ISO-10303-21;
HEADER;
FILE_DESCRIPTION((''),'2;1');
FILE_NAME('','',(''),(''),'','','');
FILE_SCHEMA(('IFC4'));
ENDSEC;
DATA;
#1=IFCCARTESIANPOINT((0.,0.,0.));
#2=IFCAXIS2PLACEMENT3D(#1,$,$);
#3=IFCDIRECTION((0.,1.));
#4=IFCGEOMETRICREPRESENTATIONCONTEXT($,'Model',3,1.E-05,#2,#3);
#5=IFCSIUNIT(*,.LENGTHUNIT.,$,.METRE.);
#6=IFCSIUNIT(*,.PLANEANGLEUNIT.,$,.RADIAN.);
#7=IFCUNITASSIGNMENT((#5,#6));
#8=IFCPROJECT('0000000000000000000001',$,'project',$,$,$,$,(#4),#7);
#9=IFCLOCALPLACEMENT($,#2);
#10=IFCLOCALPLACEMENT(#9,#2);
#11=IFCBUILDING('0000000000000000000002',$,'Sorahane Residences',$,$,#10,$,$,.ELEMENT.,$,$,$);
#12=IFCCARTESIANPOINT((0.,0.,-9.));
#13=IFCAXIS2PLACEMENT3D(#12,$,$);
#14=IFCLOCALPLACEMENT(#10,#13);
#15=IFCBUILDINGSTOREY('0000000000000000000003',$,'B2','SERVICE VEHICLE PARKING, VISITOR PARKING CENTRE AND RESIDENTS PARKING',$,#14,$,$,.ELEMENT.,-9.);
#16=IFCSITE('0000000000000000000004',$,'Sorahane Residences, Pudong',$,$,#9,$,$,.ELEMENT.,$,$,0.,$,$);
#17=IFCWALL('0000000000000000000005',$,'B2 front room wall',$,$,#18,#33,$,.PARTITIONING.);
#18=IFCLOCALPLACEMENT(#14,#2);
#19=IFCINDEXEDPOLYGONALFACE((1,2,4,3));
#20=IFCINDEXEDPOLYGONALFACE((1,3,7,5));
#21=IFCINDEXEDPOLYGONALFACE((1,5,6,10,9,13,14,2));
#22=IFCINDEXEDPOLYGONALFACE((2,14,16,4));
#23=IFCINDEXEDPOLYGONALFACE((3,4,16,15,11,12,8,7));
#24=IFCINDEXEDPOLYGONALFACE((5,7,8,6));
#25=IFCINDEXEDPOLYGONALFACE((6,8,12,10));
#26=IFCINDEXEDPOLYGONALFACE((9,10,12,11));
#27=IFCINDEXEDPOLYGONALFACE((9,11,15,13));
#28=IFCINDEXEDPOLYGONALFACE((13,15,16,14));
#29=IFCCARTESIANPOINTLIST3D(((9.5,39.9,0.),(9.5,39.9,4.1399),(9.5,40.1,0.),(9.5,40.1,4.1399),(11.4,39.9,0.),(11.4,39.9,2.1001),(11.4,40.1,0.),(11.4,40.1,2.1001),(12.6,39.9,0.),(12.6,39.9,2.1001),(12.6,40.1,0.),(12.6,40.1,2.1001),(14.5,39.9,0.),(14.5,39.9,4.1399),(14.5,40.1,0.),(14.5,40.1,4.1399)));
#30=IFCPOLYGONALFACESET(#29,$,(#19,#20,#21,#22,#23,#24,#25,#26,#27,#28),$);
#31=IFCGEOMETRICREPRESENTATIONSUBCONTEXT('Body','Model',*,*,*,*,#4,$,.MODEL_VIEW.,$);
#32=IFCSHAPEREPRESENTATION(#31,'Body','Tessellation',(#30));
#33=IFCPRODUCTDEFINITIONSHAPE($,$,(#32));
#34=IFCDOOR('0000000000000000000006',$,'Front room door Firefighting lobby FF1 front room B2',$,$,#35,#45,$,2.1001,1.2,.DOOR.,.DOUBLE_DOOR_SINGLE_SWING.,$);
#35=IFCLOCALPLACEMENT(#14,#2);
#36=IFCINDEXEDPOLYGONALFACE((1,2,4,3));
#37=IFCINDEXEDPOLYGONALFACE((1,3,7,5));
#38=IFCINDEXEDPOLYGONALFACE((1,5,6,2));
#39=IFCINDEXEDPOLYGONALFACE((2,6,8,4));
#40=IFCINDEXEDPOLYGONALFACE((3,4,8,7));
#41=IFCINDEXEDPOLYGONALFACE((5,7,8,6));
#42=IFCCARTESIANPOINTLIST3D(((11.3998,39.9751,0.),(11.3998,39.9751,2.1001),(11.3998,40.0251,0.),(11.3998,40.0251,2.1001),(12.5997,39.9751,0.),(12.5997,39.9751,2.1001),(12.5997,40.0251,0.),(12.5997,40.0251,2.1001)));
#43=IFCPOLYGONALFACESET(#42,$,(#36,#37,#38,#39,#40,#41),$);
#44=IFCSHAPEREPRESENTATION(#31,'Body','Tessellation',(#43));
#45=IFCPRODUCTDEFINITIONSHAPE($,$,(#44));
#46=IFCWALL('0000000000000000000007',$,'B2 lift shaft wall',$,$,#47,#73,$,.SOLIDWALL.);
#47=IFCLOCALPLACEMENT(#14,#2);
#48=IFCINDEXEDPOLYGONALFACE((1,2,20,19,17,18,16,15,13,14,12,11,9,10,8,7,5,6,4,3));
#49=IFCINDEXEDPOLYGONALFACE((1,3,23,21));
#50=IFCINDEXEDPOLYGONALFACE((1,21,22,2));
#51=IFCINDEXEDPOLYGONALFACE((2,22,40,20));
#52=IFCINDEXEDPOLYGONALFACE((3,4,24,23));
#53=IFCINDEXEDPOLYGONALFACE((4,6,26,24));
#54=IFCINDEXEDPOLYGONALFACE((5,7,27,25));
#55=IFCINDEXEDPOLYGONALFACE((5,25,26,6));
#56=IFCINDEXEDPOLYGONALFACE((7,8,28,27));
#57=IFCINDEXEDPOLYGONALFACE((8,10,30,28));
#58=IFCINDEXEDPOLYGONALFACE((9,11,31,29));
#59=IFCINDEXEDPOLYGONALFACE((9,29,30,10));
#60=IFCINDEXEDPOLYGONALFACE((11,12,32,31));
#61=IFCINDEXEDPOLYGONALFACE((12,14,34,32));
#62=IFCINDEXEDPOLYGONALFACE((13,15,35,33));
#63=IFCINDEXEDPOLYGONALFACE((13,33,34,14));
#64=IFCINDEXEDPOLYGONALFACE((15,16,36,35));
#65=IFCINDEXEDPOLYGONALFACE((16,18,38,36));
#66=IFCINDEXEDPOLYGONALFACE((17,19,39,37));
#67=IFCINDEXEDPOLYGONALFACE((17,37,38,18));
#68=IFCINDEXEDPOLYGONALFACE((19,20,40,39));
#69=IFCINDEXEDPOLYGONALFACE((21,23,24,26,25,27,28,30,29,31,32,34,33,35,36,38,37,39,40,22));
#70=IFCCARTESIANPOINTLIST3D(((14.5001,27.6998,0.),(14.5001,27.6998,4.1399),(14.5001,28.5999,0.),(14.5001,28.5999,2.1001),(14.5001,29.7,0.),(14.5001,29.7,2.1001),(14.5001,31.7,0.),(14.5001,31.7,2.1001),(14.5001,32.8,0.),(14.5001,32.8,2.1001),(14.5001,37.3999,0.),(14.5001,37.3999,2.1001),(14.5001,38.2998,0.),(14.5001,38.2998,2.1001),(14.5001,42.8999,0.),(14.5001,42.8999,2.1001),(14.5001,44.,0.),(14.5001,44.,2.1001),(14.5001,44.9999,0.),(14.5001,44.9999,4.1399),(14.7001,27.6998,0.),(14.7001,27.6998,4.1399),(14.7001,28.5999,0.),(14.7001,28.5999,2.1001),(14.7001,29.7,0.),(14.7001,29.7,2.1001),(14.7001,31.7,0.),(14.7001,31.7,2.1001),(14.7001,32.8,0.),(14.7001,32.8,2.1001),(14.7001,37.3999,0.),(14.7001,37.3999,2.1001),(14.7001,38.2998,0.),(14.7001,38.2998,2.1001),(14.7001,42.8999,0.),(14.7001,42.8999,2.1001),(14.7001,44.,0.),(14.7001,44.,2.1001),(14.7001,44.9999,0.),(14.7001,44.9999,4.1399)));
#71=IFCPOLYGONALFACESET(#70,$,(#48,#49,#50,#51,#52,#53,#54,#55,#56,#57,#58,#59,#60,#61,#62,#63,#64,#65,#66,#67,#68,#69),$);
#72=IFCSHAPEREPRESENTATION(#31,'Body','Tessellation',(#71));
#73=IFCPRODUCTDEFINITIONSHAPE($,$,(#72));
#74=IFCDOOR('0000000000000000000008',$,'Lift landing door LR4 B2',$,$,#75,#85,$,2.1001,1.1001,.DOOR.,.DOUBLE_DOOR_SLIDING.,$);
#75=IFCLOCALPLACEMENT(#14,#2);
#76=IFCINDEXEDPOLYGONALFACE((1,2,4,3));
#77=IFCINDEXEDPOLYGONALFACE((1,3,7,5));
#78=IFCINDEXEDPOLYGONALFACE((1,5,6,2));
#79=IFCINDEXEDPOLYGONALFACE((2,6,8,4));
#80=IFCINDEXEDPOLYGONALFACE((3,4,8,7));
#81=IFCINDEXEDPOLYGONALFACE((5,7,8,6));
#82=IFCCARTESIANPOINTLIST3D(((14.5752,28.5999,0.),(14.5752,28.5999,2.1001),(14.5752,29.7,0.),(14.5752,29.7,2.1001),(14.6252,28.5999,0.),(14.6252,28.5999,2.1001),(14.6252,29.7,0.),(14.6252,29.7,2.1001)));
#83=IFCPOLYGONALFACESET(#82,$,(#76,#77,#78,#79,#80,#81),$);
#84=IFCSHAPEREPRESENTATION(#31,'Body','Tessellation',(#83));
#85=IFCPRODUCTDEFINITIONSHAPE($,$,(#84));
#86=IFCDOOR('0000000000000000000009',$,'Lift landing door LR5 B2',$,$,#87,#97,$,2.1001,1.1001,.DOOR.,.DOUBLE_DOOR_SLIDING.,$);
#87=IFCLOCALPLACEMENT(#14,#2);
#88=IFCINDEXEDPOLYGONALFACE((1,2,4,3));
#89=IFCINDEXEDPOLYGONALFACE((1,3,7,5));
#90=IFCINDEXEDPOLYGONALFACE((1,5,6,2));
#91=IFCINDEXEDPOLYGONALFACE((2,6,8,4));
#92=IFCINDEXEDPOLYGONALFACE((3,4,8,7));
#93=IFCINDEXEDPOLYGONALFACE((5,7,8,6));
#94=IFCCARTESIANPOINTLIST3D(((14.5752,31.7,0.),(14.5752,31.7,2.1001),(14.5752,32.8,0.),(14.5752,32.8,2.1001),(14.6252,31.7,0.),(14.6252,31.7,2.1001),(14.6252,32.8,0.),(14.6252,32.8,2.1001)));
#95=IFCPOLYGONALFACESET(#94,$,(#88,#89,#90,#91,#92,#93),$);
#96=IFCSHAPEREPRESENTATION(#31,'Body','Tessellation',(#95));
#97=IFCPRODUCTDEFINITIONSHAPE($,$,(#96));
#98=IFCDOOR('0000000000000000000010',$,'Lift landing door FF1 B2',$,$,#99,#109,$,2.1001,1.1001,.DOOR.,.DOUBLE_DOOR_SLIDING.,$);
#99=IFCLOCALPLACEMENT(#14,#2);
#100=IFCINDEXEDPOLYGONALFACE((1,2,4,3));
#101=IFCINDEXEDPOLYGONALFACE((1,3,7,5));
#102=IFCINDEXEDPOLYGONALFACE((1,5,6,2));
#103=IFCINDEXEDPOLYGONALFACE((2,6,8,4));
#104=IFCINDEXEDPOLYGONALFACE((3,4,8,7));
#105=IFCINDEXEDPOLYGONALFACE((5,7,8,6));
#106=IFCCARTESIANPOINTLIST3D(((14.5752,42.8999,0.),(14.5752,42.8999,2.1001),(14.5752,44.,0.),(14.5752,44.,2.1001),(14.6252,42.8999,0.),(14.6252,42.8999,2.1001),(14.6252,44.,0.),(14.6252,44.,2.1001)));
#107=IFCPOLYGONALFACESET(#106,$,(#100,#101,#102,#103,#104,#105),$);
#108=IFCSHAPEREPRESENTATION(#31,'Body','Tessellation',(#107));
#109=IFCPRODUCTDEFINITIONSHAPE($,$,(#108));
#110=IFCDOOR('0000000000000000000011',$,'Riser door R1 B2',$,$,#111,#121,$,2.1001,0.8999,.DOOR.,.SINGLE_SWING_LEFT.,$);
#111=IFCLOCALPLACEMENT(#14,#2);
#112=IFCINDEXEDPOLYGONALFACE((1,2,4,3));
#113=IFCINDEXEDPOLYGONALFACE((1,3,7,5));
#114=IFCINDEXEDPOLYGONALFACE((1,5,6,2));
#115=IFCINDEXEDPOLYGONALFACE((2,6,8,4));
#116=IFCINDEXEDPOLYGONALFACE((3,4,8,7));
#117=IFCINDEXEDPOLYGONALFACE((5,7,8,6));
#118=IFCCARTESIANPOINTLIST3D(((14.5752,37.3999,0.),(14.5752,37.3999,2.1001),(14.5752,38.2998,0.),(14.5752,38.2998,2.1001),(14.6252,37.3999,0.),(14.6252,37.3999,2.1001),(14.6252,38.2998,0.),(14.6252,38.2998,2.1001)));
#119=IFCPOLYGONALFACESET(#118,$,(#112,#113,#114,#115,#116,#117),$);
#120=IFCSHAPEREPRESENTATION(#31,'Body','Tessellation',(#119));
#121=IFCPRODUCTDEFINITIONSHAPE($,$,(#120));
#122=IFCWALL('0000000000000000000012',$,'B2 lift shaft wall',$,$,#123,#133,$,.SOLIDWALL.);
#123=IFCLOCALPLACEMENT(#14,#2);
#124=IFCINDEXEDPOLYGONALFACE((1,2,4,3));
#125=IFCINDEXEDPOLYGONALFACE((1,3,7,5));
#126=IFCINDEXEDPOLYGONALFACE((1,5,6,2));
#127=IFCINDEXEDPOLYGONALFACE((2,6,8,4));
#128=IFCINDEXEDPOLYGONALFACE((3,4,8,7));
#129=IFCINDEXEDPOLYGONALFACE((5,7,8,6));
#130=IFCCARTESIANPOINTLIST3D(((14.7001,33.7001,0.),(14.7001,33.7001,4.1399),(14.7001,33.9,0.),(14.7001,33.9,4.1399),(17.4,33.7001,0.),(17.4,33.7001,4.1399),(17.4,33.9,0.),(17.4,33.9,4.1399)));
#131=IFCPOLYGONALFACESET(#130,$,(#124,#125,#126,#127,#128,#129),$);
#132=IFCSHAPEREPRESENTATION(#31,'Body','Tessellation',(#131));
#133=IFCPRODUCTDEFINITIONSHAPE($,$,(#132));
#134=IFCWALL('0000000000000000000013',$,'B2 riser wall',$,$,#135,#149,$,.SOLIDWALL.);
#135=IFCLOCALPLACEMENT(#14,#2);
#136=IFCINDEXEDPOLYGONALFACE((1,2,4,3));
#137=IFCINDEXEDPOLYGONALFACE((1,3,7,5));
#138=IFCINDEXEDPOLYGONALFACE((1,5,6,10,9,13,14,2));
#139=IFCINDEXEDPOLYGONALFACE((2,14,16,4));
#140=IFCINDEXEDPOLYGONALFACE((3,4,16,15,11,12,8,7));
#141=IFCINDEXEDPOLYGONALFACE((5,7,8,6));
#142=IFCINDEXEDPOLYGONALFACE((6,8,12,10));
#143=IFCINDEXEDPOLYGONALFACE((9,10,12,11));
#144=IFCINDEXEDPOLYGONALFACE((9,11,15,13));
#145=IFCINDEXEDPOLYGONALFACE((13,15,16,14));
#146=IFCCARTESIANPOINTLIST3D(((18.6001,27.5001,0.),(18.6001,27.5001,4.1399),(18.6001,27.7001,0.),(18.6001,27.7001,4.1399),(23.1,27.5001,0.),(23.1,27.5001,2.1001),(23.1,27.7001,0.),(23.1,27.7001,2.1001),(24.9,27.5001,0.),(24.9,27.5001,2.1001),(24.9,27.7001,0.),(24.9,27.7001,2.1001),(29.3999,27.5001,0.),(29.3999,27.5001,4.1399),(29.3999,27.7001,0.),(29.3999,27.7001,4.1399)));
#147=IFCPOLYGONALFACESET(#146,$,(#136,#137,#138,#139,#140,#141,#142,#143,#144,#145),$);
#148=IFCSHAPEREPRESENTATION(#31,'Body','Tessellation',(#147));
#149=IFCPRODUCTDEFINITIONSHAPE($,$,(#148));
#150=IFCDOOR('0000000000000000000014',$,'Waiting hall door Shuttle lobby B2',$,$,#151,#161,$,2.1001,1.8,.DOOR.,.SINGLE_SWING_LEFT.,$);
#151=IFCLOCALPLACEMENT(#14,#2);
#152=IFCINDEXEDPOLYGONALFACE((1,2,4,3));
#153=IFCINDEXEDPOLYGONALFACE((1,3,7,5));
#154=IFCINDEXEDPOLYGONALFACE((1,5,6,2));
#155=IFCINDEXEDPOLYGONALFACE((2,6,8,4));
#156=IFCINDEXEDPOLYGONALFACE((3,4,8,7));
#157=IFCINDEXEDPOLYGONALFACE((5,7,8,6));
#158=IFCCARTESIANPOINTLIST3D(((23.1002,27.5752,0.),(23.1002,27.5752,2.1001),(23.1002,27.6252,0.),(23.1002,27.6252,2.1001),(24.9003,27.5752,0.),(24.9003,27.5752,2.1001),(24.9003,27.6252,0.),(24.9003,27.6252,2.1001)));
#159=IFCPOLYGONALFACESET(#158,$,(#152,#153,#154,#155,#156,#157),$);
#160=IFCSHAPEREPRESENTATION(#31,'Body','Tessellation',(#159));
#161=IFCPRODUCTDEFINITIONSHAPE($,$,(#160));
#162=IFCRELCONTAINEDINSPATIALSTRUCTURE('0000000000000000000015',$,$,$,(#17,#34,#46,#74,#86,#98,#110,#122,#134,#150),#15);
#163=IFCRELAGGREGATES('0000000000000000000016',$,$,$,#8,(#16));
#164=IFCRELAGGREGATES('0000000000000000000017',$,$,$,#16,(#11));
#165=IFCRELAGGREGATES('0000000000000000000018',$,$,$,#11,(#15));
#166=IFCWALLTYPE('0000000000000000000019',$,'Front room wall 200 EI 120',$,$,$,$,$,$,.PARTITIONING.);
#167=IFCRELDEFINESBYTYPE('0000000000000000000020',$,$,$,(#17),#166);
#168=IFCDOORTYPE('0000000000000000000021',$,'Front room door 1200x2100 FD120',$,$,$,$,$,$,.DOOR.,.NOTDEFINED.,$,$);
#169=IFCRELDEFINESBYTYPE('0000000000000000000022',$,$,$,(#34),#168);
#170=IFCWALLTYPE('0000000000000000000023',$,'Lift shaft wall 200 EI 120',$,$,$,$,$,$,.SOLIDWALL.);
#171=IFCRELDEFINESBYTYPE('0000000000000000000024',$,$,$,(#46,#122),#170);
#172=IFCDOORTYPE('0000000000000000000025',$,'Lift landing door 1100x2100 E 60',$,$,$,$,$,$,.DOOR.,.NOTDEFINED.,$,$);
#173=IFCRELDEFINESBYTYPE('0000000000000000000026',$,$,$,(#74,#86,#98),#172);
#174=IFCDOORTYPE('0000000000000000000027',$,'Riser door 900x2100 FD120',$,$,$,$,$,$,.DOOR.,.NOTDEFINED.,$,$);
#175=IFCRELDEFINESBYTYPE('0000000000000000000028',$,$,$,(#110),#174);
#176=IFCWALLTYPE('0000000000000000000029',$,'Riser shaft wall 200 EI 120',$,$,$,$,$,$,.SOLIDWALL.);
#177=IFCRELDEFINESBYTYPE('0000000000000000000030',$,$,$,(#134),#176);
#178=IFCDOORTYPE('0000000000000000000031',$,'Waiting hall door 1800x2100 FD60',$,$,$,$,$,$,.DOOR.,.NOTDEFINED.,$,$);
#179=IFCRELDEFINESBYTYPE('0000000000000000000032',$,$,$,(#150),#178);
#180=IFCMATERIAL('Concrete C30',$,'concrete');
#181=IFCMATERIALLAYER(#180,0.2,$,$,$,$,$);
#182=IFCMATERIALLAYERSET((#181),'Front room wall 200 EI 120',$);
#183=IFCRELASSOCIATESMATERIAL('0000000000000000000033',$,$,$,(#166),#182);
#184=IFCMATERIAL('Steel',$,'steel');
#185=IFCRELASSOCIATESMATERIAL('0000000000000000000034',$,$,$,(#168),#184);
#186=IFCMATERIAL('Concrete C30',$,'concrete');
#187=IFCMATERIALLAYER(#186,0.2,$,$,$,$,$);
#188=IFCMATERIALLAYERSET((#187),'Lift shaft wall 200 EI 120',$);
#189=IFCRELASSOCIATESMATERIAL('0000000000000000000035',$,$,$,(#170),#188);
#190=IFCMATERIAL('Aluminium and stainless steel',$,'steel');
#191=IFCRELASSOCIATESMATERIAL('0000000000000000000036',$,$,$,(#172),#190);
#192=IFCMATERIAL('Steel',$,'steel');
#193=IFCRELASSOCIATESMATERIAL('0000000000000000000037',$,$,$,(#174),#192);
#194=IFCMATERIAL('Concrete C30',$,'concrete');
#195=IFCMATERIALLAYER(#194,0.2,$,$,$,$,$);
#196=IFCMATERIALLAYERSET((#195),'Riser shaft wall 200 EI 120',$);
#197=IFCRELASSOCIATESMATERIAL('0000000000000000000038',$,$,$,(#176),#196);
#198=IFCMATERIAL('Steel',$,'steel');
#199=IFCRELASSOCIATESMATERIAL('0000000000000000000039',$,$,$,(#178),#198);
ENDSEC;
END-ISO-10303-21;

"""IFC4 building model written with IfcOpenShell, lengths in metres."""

from ifc_helpers import new_model, si_unit, direction, frame, frame_2d, origin, place, context, subcontext, project, spatial, rectangle, extrude, material, layer, layer_set, type_object, element, fill, save


model = new_model("IFC4")

# Units and contexts
model_context = context("Model", 3, precision=1e-05, world=origin(), true_north=direction((0.0, 1.0)))
body_context = subcontext(model_context, "Body", "Model", "MODEL_VIEW")
ifc_project = project(units=[si_unit("LENGTHUNIT", "METRE"), si_unit("PLANEANGLEUNIT", "RADIAN")], contexts=[model_context])

# Site, building, storey
site_placement = place(None, origin())
site = spatial("IfcSite", under=ifc_project, at=site_placement, Name="Sorahane Residences, Pudong", CompositionType="ELEMENT", RefElevation=0.0)
building_placement = place(site_placement, origin())
building = spatial("IfcBuilding", under=site, at=building_placement, Name="Sorahane Residences", CompositionType="ELEMENT")
storey_placement = place(building_placement, frame((0.0, 0.0, -9.0)))
storey = spatial("IfcBuildingStorey", under=building, at=storey_placement, Name="B2", Description="SERVICE VEHICLE PARKING, VISITOR PARKING CENTRE AND RESIDENTS PARKING", CompositionType="ELEMENT", Elevation=-9.0)

# Wall, opening, door
ifc_material_1 = material(Name="Concrete C30", Category="concrete")
ifc_layer_1 = layer(ifc_material_1, 0.2)
ifc_layer_set_1 = layer_set([ifc_layer_1], Name="Front room wall 200 EI 120")
wall_type_1 = type_object("IfcWallType", Name="Front room wall 200 EI 120", PredefinedType="PARTITIONING", material=ifc_layer_set_1)
wall_1_placement = place(storey_placement, frame((9.5, 40.0, 0.0), z_axis=(0.0, 0.0, 1.0), x_axis=(1.0, 0.0, 0.0)))
wall_1 = element("IfcWall", 1, at=wall_1_placement, inside=storey, type_object=wall_type_1, Name="B2 front room wall", PredefinedType="PARTITIONING", context=body_context, shape_type="SweptSolid", body=[
    extrude(rectangle(XDim=5.0, YDim=0.2, at=frame_2d((2.5, 0.0))), origin(), (0.0, 0.0, 1.0), 4.1399),
])
opening_1_placement = place(wall_1_placement, frame((1.8999, 0.0, 0.0)))
opening_1 = element("IfcOpeningElement", 2, at=opening_1_placement, cuts=wall_1, PredefinedType="OPENING", context=body_context, shape_type="SweptSolid", body=[
    extrude(rectangle(XDim=1.2, YDim=2.1001, at=frame_2d((0.6001, 1.05))), frame((0.0, 0.1099, 0.0), z_axis=(0.0, -1.0, 0.0), x_axis=(1.0, 0.0, 0.0)), (0.0, 0.0, 1.0), 0.22),
])
ifc_material_2 = material(Name="Steel", Category="steel")
door_type_1 = type_object("IfcDoorType", Name="Front room door 1200x2100 FD120", OperationType="NOTDEFINED", PredefinedType="DOOR", material=ifc_material_2)
door_1_placement = place(opening_1_placement, frame((1.2, 0.0, 0.0), z_axis=(0.0, 0.0, 1.0), x_axis=(-1.0, 0.0, 0.0)))
door_1 = element("IfcDoor", 3, at=door_1_placement, inside=storey, type_object=door_type_1, Name="Front room door Firefighting lobby FF1 front room B2", OperationType="DOUBLE_DOOR_SINGLE_SWING", OverallHeight=2.1001, OverallWidth=1.2, PredefinedType="DOOR", context=body_context, shape_type="SweptSolid", body=[
    extrude(rectangle(XDim=1.2, YDim=2.1001, at=frame_2d((0.6001, 1.05))), frame((0.0, 0.0249, 0.0), z_axis=(0.0, -1.0, 0.0), x_axis=(1.0, 0.0, 0.0)), (0.0, 0.0, 1.0), 0.05),
])
fill(opening_1, door_1)

# Wall, openings, doors
ifc_material_3 = material(Name="Concrete C30", Category="concrete")
ifc_layer_2 = layer(ifc_material_3, 0.2)
ifc_layer_set_2 = layer_set([ifc_layer_2], Name="Lift shaft wall 200 EI 120")
wall_type_2 = type_object("IfcWallType", Name="Lift shaft wall 200 EI 120", PredefinedType="SOLIDWALL", material=ifc_layer_set_2)
wall_2_placement = place(storey_placement, frame((14.6001, 27.7, 0.0), z_axis=(0.0, 0.0, 1.0), x_axis=(0.0, 1.0, 0.0)))
wall_2 = element("IfcWall", 4, at=wall_2_placement, inside=storey, type_object=wall_type_2, Name="B2 lift shaft wall", PredefinedType="SOLIDWALL", context=body_context, shape_type="SweptSolid", body=[
    extrude(rectangle(XDim=17.3, YDim=0.2, at=frame_2d((8.6499, 0.0))), origin(), (0.0, 0.0, 1.0), 4.1399),
])
opening_2_placement = place(wall_2_placement, frame((0.8999, 0.0, 0.0)))
opening_2 = element("IfcOpeningElement", 5, at=opening_2_placement, cuts=wall_2, PredefinedType="OPENING", context=body_context, shape_type="SweptSolid", body=[
    extrude(rectangle(XDim=1.1001, YDim=2.1001, at=frame_2d((0.55, 1.05))), frame((0.0, 0.1099, 0.0), z_axis=(0.0, -1.0, 0.0), x_axis=(1.0, 0.0, 0.0)), (0.0, 0.0, 1.0), 0.22),
])
opening_3_placement = place(wall_2_placement, frame((4.0, 0.0, 0.0)))
opening_3 = element("IfcOpeningElement", 6, at=opening_3_placement, cuts=wall_2, PredefinedType="OPENING", context=body_context, shape_type="SweptSolid", body=[
    extrude(rectangle(XDim=1.1001, YDim=2.1001, at=frame_2d((0.55, 1.05))), frame((0.0, 0.1099, 0.0), z_axis=(0.0, -1.0, 0.0), x_axis=(1.0, 0.0, 0.0)), (0.0, 0.0, 1.0), 0.22),
])
opening_4_placement = place(wall_2_placement, frame((15.2, 0.0, 0.0)))
opening_4 = element("IfcOpeningElement", 7, at=opening_4_placement, cuts=wall_2, PredefinedType="OPENING", context=body_context, shape_type="SweptSolid", body=[
    extrude(rectangle(XDim=1.1001, YDim=2.1001, at=frame_2d((0.55, 1.05))), frame((0.0, 0.1099, 0.0), z_axis=(0.0, -1.0, 0.0), x_axis=(1.0, 0.0, 0.0)), (0.0, 0.0, 1.0), 0.22),
])
opening_5_placement = place(wall_2_placement, frame((9.7, 0.0, 0.0)))
opening_5 = element("IfcOpeningElement", 8, at=opening_5_placement, cuts=wall_2, PredefinedType="OPENING", context=body_context, shape_type="SweptSolid", body=[
    extrude(rectangle(XDim=0.8999, YDim=2.1001, at=frame_2d((0.45, 1.05))), frame((0.0, 0.1099, 0.0), z_axis=(0.0, -1.0, 0.0), x_axis=(1.0, 0.0, 0.0)), (0.0, 0.0, 1.0), 0.22),
])
ifc_material_4 = material(Name="Aluminium and stainless steel", Category="steel")
door_type_2 = type_object("IfcDoorType", Name="Lift landing door 1100x2100 E 60", OperationType="NOTDEFINED", PredefinedType="DOOR", material=ifc_material_4)
door_2_placement = place(opening_2_placement, origin())
door_2 = element("IfcDoor", 9, at=door_2_placement, inside=storey, type_object=door_type_2, Name="Lift landing door LR4 B2", OperationType="DOUBLE_DOOR_SLIDING", OverallHeight=2.1001, OverallWidth=1.1001, PredefinedType="DOOR", context=body_context, shape_type="SweptSolid", body=[
    extrude(rectangle(XDim=1.1001, YDim=2.1001, at=frame_2d((0.55, 1.05))), frame((0.0, 0.0249, 0.0), z_axis=(0.0, -1.0, 0.0), x_axis=(1.0, 0.0, 0.0)), (0.0, 0.0, 1.0), 0.05),
])
fill(opening_2, door_2)
door_3_placement = place(opening_3_placement, origin())
door_3 = element("IfcDoor", 10, at=door_3_placement, inside=storey, type_object=door_type_2, Name="Lift landing door LR5 B2", OperationType="DOUBLE_DOOR_SLIDING", OverallHeight=2.1001, OverallWidth=1.1001, PredefinedType="DOOR", context=body_context, shape_type="SweptSolid", body=[
    extrude(rectangle(XDim=1.1001, YDim=2.1001, at=frame_2d((0.55, 1.05))), frame((0.0, 0.0249, 0.0), z_axis=(0.0, -1.0, 0.0), x_axis=(1.0, 0.0, 0.0)), (0.0, 0.0, 1.0), 0.05),
])
fill(opening_3, door_3)
door_4_placement = place(opening_4_placement, origin())
door_4 = element("IfcDoor", 11, at=door_4_placement, inside=storey, type_object=door_type_2, Name="Lift landing door FF1 B2", OperationType="DOUBLE_DOOR_SLIDING", OverallHeight=2.1001, OverallWidth=1.1001, PredefinedType="DOOR", context=body_context, shape_type="SweptSolid", body=[
    extrude(rectangle(XDim=1.1001, YDim=2.1001, at=frame_2d((0.55, 1.05))), frame((0.0, 0.0249, 0.0), z_axis=(0.0, -1.0, 0.0), x_axis=(1.0, 0.0, 0.0)), (0.0, 0.0, 1.0), 0.05),
])
fill(opening_4, door_4)
ifc_material_5 = material(Name="Steel", Category="steel")
door_type_3 = type_object("IfcDoorType", Name="Riser door 900x2100 FD120", OperationType="NOTDEFINED", PredefinedType="DOOR", material=ifc_material_5)
door_5_placement = place(opening_5_placement, origin())
door_5 = element("IfcDoor", 12, at=door_5_placement, inside=storey, type_object=door_type_3, Name="Riser door R1 B2", OperationType="SINGLE_SWING_LEFT", OverallHeight=2.1001, OverallWidth=0.8999, PredefinedType="DOOR", context=body_context, shape_type="SweptSolid", body=[
    extrude(rectangle(XDim=0.8999, YDim=2.1001, at=frame_2d((0.45, 1.05))), frame((0.0, 0.0249, 0.0), z_axis=(0.0, -1.0, 0.0), x_axis=(1.0, 0.0, 0.0)), (0.0, 0.0, 1.0), 0.05),
])
fill(opening_5, door_5)

# Wall
wall_3_placement = place(storey_placement, frame((14.7, 33.8, 0.0), z_axis=(0.0, 0.0, 1.0), x_axis=(1.0, 0.0, 0.0)))
element("IfcWall", 13, at=wall_3_placement, inside=storey, type_object=wall_type_2, Name="B2 lift shaft wall", PredefinedType="SOLIDWALL", context=body_context, shape_type="SweptSolid", body=[
    extrude(rectangle(XDim=2.7, YDim=0.2, at=frame_2d((1.3501, 0.0))), origin(), (0.0, 0.0, 1.0), 4.1399),
])

# Wall, opening, door
ifc_material_6 = material(Name="Concrete C30", Category="concrete")
ifc_layer_3 = layer(ifc_material_6, 0.2)
ifc_layer_set_3 = layer_set([ifc_layer_3], Name="Riser shaft wall 200 EI 120")
wall_type_3 = type_object("IfcWallType", Name="Riser shaft wall 200 EI 120", PredefinedType="SOLIDWALL", material=ifc_layer_set_3)
wall_4_placement = place(storey_placement, frame((18.6001, 27.6001, 0.0), z_axis=(0.0, 0.0, 1.0), x_axis=(1.0, 0.0, 0.0)))
wall_4 = element("IfcWall", 14, at=wall_4_placement, inside=storey, type_object=wall_type_3, Name="B2 riser wall", PredefinedType="SOLIDWALL", context=body_context, shape_type="SweptSolid", body=[
    extrude(rectangle(XDim=10.7998, YDim=0.2, at=frame_2d((5.3999, 0.0))), origin(), (0.0, 0.0, 1.0), 4.1399),
])
opening_6_placement = place(wall_4_placement, frame((4.5, 0.0, 0.0)))
opening_6 = element("IfcOpeningElement", 15, at=opening_6_placement, cuts=wall_4, PredefinedType="OPENING", context=body_context, shape_type="SweptSolid", body=[
    extrude(rectangle(XDim=1.8, YDim=2.1001, at=frame_2d((0.8999, 1.05))), frame((0.0, 0.1099, 0.0), z_axis=(0.0, -1.0, 0.0), x_axis=(1.0, 0.0, 0.0)), (0.0, 0.0, 1.0), 0.22),
])
ifc_material_7 = material(Name="Steel", Category="steel")
door_type_4 = type_object("IfcDoorType", Name="Waiting hall door 1800x2100 FD60", OperationType="NOTDEFINED", PredefinedType="DOOR", material=ifc_material_7)
door_6_placement = place(opening_6_placement, frame((1.8, 0.0, 0.0), z_axis=(0.0, 0.0, 1.0), x_axis=(-1.0, 0.0, 0.0)))
door_6 = element("IfcDoor", 16, at=door_6_placement, inside=storey, type_object=door_type_4, Name="Waiting hall door Shuttle lobby B2", OperationType="SINGLE_SWING_LEFT", OverallHeight=2.1001, OverallWidth=1.8, PredefinedType="DOOR", context=body_context, shape_type="SweptSolid", body=[
    extrude(rectangle(XDim=1.8, YDim=2.1001, at=frame_2d((0.8999, 1.05))), frame((0.0, 0.0249, 0.0), z_axis=(0.0, -1.0, 0.0), x_axis=(1.0, 0.0, 0.0)), (0.0, 0.0, 1.0), 0.05),
])
fill(opening_6, door_6)

save(model, "model.ifc")
